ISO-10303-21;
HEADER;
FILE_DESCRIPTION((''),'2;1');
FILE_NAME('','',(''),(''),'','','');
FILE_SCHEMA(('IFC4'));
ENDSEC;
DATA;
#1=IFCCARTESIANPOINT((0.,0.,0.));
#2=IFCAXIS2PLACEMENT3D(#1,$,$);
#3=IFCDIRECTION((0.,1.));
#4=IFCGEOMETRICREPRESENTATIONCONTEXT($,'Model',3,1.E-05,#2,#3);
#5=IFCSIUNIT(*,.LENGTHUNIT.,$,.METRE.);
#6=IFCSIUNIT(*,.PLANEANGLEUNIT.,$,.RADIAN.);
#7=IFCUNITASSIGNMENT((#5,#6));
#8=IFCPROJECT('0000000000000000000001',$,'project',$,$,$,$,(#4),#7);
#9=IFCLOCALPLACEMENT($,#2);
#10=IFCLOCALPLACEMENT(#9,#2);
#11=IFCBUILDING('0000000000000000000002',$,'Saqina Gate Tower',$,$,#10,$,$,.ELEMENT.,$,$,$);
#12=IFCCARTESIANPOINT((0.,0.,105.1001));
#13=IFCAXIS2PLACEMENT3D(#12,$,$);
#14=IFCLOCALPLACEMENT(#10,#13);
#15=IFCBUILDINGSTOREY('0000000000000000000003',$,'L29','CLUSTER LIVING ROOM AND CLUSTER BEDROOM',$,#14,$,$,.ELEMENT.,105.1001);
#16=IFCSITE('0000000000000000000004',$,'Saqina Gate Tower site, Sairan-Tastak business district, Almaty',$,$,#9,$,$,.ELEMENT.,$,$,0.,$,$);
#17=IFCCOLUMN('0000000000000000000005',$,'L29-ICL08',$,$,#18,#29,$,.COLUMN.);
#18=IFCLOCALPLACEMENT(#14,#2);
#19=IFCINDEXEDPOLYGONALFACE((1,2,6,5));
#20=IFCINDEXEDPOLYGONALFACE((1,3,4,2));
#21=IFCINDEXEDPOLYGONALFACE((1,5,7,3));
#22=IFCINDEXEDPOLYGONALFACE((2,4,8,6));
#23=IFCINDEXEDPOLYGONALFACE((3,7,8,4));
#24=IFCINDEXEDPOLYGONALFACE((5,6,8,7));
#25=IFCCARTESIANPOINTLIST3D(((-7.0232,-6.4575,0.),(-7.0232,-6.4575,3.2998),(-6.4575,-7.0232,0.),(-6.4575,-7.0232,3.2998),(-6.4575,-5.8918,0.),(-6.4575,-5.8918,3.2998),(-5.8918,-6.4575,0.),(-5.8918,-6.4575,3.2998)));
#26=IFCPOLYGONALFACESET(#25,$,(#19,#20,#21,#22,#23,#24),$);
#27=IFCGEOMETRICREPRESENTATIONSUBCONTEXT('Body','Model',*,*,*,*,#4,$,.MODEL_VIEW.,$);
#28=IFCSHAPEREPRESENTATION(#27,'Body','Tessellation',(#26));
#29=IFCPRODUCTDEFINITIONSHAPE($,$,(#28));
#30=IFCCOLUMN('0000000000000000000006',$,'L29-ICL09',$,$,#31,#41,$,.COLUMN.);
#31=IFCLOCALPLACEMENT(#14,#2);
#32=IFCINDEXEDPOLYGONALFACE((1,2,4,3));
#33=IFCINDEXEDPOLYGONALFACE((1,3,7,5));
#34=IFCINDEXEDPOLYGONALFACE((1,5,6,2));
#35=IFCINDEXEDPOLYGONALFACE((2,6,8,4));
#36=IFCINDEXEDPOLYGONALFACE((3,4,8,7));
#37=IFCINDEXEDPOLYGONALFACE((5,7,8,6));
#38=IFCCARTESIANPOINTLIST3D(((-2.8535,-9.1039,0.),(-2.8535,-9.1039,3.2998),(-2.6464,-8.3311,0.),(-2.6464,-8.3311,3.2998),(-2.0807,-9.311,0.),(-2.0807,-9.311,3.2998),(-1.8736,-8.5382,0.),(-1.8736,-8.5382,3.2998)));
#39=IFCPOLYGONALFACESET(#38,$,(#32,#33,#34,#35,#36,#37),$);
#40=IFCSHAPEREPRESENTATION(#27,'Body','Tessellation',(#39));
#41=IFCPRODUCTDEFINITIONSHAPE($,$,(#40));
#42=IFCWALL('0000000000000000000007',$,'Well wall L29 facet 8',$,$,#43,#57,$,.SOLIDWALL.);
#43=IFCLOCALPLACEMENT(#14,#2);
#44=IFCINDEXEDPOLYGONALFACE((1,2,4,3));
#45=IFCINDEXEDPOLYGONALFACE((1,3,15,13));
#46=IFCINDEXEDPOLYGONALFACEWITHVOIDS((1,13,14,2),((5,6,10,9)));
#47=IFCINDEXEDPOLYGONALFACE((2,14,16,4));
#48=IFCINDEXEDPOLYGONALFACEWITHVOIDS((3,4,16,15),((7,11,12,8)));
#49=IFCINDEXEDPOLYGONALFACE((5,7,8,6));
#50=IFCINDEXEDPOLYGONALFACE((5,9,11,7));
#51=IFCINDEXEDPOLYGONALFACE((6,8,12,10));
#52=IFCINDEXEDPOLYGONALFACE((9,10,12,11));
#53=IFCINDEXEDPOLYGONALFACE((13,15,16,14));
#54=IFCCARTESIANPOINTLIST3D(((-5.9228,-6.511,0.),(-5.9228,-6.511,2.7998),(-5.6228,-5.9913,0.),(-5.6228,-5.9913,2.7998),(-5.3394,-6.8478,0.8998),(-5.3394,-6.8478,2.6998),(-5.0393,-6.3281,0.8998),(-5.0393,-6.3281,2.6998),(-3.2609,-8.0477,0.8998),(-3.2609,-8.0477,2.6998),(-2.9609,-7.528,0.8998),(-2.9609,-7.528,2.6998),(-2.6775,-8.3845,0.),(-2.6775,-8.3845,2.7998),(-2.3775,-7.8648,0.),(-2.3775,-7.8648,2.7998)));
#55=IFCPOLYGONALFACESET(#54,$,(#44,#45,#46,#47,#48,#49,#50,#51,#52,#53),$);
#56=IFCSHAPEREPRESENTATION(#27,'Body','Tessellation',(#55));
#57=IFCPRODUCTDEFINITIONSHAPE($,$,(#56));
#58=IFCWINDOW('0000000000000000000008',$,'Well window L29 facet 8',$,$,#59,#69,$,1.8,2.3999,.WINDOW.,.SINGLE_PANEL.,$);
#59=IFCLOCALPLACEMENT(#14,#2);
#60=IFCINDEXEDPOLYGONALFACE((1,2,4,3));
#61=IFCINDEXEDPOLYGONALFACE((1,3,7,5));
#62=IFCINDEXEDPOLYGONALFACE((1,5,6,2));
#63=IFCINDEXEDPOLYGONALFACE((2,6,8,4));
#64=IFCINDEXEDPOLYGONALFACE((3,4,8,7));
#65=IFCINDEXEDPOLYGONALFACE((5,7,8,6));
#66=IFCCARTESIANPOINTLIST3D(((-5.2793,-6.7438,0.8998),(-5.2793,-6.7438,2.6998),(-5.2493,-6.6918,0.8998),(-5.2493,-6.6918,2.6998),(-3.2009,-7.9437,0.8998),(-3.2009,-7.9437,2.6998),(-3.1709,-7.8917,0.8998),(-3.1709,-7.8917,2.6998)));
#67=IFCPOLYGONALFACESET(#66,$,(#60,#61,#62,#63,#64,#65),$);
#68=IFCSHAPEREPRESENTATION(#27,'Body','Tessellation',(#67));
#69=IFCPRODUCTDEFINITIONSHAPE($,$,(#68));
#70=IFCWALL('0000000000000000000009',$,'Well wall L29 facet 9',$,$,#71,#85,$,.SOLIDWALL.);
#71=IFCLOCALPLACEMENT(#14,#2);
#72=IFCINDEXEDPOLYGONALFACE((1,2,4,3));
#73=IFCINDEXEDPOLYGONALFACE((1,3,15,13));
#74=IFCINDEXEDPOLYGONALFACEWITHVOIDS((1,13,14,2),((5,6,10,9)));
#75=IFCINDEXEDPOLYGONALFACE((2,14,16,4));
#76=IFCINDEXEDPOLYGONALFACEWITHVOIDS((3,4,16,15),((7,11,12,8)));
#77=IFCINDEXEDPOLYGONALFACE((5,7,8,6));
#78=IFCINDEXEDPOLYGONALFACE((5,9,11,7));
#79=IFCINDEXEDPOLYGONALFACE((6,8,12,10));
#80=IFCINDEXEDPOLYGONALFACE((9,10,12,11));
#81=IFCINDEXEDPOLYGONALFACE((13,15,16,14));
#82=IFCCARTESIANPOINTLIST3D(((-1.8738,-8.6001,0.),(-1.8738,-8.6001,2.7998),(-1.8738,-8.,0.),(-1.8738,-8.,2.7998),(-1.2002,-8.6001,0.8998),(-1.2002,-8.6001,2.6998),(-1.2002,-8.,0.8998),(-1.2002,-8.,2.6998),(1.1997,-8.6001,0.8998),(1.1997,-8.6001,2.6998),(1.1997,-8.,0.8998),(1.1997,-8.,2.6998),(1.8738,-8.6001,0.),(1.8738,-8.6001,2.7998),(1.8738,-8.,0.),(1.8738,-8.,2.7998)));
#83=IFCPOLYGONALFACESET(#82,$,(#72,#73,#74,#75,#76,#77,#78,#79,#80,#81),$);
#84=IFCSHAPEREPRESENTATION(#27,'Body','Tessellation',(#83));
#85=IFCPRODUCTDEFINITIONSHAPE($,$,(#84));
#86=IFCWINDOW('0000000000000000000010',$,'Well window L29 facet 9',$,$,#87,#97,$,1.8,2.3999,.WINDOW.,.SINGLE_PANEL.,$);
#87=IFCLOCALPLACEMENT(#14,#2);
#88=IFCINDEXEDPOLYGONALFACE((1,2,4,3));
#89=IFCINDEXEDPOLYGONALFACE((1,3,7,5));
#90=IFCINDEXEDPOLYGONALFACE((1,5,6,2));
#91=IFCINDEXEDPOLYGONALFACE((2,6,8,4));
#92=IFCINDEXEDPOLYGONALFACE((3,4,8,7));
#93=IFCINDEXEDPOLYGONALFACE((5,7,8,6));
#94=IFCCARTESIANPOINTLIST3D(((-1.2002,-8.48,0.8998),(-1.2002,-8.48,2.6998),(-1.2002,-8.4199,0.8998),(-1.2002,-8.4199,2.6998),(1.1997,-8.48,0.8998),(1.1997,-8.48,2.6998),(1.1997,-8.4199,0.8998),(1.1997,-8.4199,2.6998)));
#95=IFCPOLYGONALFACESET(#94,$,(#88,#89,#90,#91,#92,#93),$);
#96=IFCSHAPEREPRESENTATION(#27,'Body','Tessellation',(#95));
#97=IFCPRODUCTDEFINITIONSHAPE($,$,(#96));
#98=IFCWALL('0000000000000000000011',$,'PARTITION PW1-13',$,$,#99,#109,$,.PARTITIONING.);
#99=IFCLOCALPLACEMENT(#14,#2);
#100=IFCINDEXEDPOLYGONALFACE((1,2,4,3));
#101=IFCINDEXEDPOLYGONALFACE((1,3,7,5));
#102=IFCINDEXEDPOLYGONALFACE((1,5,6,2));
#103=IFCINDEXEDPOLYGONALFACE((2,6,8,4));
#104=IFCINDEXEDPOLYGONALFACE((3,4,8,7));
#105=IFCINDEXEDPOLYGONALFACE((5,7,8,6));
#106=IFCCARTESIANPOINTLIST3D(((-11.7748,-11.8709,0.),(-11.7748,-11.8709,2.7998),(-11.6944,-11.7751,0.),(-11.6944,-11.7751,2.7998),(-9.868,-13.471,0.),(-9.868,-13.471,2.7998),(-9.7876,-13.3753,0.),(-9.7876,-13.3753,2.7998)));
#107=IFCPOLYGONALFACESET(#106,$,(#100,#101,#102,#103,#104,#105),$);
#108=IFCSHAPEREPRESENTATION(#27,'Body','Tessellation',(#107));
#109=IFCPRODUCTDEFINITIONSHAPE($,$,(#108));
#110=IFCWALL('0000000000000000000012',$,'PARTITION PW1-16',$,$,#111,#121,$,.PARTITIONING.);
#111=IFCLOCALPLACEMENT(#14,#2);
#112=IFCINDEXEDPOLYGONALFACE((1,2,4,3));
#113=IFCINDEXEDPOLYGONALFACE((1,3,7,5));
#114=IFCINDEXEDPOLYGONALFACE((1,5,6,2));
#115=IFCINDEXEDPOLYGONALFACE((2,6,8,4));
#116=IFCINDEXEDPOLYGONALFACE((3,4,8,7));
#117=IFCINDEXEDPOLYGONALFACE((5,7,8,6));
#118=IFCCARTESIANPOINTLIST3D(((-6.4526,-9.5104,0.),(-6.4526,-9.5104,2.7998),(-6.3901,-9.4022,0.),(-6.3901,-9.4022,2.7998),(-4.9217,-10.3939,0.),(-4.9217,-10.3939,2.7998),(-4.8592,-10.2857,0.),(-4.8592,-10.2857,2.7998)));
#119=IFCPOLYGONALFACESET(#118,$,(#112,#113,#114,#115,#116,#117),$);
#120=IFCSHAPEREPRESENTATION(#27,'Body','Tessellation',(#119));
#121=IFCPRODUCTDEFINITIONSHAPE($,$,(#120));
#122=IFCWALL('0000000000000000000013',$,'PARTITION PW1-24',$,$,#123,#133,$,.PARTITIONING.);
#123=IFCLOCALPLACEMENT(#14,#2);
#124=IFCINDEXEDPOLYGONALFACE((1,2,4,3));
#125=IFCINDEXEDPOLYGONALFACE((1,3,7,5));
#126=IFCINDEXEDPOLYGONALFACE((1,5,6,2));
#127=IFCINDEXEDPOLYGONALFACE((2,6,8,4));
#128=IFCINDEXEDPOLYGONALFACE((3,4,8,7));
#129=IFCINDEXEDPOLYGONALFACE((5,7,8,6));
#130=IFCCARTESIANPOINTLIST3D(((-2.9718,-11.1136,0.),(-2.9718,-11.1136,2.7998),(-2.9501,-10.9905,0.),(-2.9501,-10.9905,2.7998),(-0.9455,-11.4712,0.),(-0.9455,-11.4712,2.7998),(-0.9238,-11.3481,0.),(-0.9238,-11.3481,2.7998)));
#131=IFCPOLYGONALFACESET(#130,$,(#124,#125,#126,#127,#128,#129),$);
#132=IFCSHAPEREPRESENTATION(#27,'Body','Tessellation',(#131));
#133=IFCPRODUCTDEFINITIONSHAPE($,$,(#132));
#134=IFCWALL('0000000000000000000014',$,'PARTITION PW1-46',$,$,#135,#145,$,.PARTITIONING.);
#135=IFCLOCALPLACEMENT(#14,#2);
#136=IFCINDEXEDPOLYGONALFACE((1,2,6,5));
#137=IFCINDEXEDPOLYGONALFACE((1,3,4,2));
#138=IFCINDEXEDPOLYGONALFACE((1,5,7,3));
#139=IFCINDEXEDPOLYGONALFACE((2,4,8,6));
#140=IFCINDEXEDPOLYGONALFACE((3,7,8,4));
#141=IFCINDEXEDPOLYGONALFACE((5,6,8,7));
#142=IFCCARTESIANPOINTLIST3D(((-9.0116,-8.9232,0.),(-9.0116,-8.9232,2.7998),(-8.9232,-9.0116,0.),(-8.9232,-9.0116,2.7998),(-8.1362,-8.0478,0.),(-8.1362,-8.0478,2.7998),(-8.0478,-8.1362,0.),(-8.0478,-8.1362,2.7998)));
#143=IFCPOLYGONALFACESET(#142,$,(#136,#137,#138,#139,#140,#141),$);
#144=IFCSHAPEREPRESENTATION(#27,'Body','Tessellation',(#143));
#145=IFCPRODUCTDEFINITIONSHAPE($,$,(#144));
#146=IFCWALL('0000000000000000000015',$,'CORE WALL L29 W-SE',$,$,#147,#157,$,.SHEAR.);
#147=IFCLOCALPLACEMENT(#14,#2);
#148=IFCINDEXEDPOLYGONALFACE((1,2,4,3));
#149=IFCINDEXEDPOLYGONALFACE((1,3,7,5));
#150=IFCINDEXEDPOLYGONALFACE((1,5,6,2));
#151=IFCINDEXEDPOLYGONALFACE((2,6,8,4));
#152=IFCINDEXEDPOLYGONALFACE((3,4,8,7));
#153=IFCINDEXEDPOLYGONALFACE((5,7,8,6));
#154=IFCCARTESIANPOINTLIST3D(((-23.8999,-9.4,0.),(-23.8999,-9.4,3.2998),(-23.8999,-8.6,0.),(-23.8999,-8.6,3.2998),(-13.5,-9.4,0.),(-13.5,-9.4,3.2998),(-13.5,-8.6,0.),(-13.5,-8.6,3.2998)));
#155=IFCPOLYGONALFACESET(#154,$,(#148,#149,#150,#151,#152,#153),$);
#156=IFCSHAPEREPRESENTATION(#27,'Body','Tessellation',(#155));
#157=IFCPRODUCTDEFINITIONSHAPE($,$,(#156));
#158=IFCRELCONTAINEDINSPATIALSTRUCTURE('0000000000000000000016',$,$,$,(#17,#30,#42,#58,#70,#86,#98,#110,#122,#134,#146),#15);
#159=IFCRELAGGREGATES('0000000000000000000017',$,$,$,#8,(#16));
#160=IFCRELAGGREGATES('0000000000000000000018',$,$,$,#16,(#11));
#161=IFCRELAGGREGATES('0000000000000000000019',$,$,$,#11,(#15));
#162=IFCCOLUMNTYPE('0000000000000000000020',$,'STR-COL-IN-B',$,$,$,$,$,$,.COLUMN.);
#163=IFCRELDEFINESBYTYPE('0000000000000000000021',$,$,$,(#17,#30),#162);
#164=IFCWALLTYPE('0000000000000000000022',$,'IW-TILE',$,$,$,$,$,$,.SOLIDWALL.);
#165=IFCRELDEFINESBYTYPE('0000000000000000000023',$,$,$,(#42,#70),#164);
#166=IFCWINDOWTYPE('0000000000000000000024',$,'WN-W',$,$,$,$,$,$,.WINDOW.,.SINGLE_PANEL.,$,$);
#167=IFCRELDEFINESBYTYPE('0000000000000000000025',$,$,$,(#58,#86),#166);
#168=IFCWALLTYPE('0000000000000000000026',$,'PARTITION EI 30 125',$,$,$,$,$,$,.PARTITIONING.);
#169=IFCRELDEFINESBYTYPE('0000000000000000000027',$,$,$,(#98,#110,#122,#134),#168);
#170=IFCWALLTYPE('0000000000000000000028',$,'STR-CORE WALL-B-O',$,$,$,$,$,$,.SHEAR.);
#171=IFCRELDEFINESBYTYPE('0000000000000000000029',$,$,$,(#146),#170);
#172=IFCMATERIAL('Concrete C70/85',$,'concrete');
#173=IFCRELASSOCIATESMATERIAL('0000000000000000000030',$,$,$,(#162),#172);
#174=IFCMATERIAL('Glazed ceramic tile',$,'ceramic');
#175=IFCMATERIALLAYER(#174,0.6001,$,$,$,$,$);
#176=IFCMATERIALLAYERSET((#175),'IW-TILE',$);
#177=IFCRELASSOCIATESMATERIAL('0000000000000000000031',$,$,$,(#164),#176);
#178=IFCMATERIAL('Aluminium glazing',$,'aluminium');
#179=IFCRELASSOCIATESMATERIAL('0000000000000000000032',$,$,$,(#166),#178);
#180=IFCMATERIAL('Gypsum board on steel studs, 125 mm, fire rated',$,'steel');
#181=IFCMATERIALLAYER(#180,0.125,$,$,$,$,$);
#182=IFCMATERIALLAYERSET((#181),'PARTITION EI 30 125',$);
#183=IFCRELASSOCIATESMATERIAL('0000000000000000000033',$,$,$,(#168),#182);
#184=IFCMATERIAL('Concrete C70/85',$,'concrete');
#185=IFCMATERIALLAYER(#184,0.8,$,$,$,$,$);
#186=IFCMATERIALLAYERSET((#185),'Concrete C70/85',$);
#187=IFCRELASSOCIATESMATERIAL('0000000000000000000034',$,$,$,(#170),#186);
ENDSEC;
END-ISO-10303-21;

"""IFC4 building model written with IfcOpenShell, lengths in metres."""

from ifc_helpers import new_model, si_unit, direction, frame, frame_2d, origin, origin_2d, place, context, subcontext, project, spatial, rectangle, extrude, material, layer, layer_set, material_profile, profile_set, type_object, element, fill, save


model = new_model("IFC4")

# Units and contexts
model_context = context("Model", 3, precision=1e-05, world=origin(), true_north=direction((0.0, 1.0)))
body_context = subcontext(model_context, "Body", "Model", "MODEL_VIEW")
ifc_project = project(units=[si_unit("LENGTHUNIT", "METRE"), si_unit("PLANEANGLEUNIT", "RADIAN")], contexts=[model_context])

# Site, building, storey
site_placement = place(None, origin())
site = spatial("IfcSite", under=ifc_project, at=site_placement, Name="Saqina Gate Tower site, Sairan-Tastak business district, Almaty", CompositionType="ELEMENT", RefElevation=0.0)
building_placement = place(site_placement, origin())
building = spatial("IfcBuilding", under=site, at=building_placement, Name="Saqina Gate Tower", CompositionType="ELEMENT")
storey_placement = place(building_placement, frame((0.0, 0.0, 105.1001)))
storey = spatial("IfcBuildingStorey", under=building, at=storey_placement, Name="L29", Description="CLUSTER LIVING ROOM AND CLUSTER BEDROOM", CompositionType="ELEMENT", Elevation=105.1001)

# Columns
ifc_material_1 = material(Name="Concrete C70/85", Category="concrete")
ifc_material_profile = material_profile(ifc_material_1, rectangle(XDim=0.8, YDim=0.8, at=origin_2d()), Name="RC 800x800")
ifc_profile_set = profile_set([ifc_material_profile], Name="Concrete C70/85")
column_type = type_object("IfcColumnType", Name="STR-COL-IN-B", PredefinedType="COLUMN", material=ifc_profile_set)
for number, where, z_axis, x_axis, name in (
    (1, (-6.4575, -6.4575, 0.0), (0.0, 0.0, 1.0), (-0.707107, -0.707107, 0.0), "L29-ICL08"),
    (2, (-2.3635, -8.821, 0.0), (0.0, 0.0, 1.0), (-0.258819, -0.965926, 0.0), "L29-ICL09"),
):
    element("IfcColumn", number, at=place(storey_placement, frame(where, z_axis=z_axis, x_axis=x_axis)), inside=storey, type_object=column_type, Name=name, PredefinedType="COLUMN", context=body_context, shape_type="SweptSolid", body=[
        extrude(rectangle(XDim=0.8, YDim=0.8, at=origin_2d()), origin(), (0.0, 0.0, 1.0), 3.2998),
    ])

# Walls, openings, windows
ifc_material_2 = material(Name="Glazed ceramic tile", Category="ceramic")
ifc_layer_1 = layer(ifc_material_2, 0.6001)
ifc_layer_set_1 = layer_set([ifc_layer_1], Name="IW-TILE")
wall_type_1 = type_object("IfcWallType", Name="IW-TILE", PredefinedType="SOLIDWALL", material=ifc_layer_set_1)
wall_1_placement = place(storey_placement, frame((-5.7727, -6.2512, 0.0), z_axis=(0.0, 0.0, 1.0), x_axis=(0.866046, -0.499965, 0.0)))
wall_1 = element("IfcWall", 3, at=wall_1_placement, inside=storey, type_object=wall_type_1, Name="Well wall L29 facet 8", PredefinedType="SOLIDWALL", context=body_context, shape_type="SweptSolid", body=[
    extrude(rectangle(XDim=3.7473, YDim=0.6001, at=frame_2d((1.8735, 0.0))), origin(), (0.0, 0.0, 1.0), 2.7998),
])
opening_1_placement = place(wall_1_placement, frame((0.6736, 0.0, 0.8999)))
opening_1 = element("IfcOpeningElement", 4, at=opening_1_placement, cuts=wall_1, PredefinedType="OPENING", context=body_context, shape_type="SweptSolid", body=[
    extrude(rectangle(XDim=2.3999, YDim=1.8, at=frame_2d((1.2, 0.8999))), frame((0.0, 0.312, 0.0), z_axis=(0.0, -1.0, 0.0), x_axis=(1.0, 0.0, 0.0)), (0.0, 0.0, 1.0), 0.624),
])
ifc_material_3 = material(Name="Aluminium glazing", Category="aluminium")
window_type = type_object("IfcWindowType", Name="WN-W", PartitioningType="SINGLE_PANEL", PredefinedType="WINDOW", material=ifc_material_3)
window_1_placement = place(opening_1_placement, origin())
window_1 = element("IfcWindow", 5, at=window_1_placement, inside=storey, type_object=window_type, Name="Well window L29 facet 8", OverallHeight=1.8, OverallWidth=2.3999, PartitioningType="SINGLE_PANEL", PredefinedType="WINDOW", context=body_context, shape_type="SweptSolid", body=[
    extrude(rectangle(XDim=2.3999, YDim=1.8, at=frame_2d((1.2, 0.8999))), frame((0.0, -0.1199, 0.0), z_axis=(0.0, -1.0, 0.0), x_axis=(1.0, 0.0, 0.0)), (0.0, 0.0, 1.0), 0.0601),
])
fill(opening_1, window_1)
wall_2_placement = place(storey_placement, frame((-1.8738, -8.3, 0.0), z_axis=(0.0, 0.0, 1.0), x_axis=(1.0, 0.0, 0.0)))
wall_2 = element("IfcWall", 6, at=wall_2_placement, inside=storey, type_object=wall_type_1, Name="Well wall L29 facet 9", PredefinedType="SOLIDWALL", context=body_context, shape_type="SweptSolid", body=[
    extrude(rectangle(XDim=3.7476, YDim=0.6001, at=frame_2d((1.8738, 0.0))), origin(), (0.0, 0.0, 1.0), 2.7998),
])
opening_2_placement = place(wall_2_placement, frame((0.6736, 0.0, 0.8999)))
opening_2 = element("IfcOpeningElement", 7, at=opening_2_placement, cuts=wall_2, PredefinedType="OPENING", context=body_context, shape_type="SweptSolid", body=[
    extrude(rectangle(XDim=2.3999, YDim=1.8, at=frame_2d((1.2, 0.8999))), frame((0.0, 0.312, 0.0), z_axis=(0.0, -1.0, 0.0), x_axis=(1.0, 0.0, 0.0)), (0.0, 0.0, 1.0), 0.624),
])
window_2_placement = place(opening_2_placement, origin())
window_2 = element("IfcWindow", 8, at=window_2_placement, inside=storey, type_object=window_type, Name="Well window L29 facet 9", OverallHeight=1.8, OverallWidth=2.3999, PartitioningType="SINGLE_PANEL", PredefinedType="WINDOW", context=body_context, shape_type="SweptSolid", body=[
    extrude(rectangle(XDim=2.3999, YDim=1.8, at=frame_2d((1.2, 0.8999))), frame((0.0, -0.1199, 0.0), z_axis=(0.0, -1.0, 0.0), x_axis=(1.0, 0.0, 0.0)), (0.0, 0.0, 1.0), 0.0601),
])
fill(opening_2, window_2)

# Walls
ifc_material_4 = material(Name="Gypsum board on steel studs, 125 mm, fire rated", Category="steel")
ifc_layer_2 = layer(ifc_material_4, 0.125)
ifc_layer_set_2 = layer_set([ifc_layer_2], Name="PARTITION EI 30 125")
wall_type_2 = type_object("IfcWallType", Name="PARTITION EI 30 125", PredefinedType="PARTITIONING", material=ifc_layer_set_2)
wall_3_placement = place(storey_placement, frame((-11.7346, -11.823, 0.0), z_axis=(0.0, 0.0, 1.0), x_axis=(0.766014, -0.642824, 0.0)))
element("IfcWall", 9, at=wall_3_placement, inside=storey, type_object=wall_type_2, Name="PARTITION PW1-13", PredefinedType="PARTITIONING", context=body_context, shape_type="SweptSolid", body=[
    extrude(rectangle(XDim=2.4893, YDim=0.125, at=frame_2d((1.2446, 0.0))), origin(), (0.0, 0.0, 1.0), 2.7998),
])
wall_4_placement = place(storey_placement, frame((-6.4214, -9.4563, 0.0), z_axis=(0.0, 0.0, 1.0), x_axis=(0.866119, -0.499838, 0.0)))
element("IfcWall", 10, at=wall_4_placement, inside=storey, type_object=wall_type_2, Name="PARTITION PW1-16", PredefinedType="PARTITIONING", context=body_context, shape_type="SweptSolid", body=[
    extrude(rectangle(XDim=1.7676, YDim=0.125, at=frame_2d((0.8838, 0.0))), origin(), (0.0, 0.0, 1.0), 2.7998),
])
wall_5_placement = place(storey_placement, frame((-2.9609, -11.052, 0.0), z_axis=(0.0, 0.0, 1.0), x_axis=(0.984778, -0.173819, 0.0)))
element("IfcWall", 11, at=wall_5_placement, inside=storey, type_object=wall_type_2, Name="PARTITION PW1-24", PredefinedType="PARTITIONING", context=body_context, shape_type="SweptSolid", body=[
    extrude(rectangle(XDim=2.0576, YDim=0.125, at=frame_2d((1.0288, 0.0))), origin(), (0.0, 0.0, 1.0), 2.7998),
])
wall_6_placement = place(storey_placement, frame((-8.9675, -8.9675, 0.0), z_axis=(0.0, 0.0, 1.0), x_axis=(0.707107, 0.707107, 0.0)))
element("IfcWall", 12, at=wall_6_placement, inside=storey, type_object=wall_type_2, Name="PARTITION PW1-46", PredefinedType="PARTITIONING", context=body_context, shape_type="SweptSolid", body=[
    extrude(rectangle(XDim=1.238, YDim=0.125, at=frame_2d((0.6191, 0.0))), origin(), (0.0, 0.0, 1.0), 2.7998),
])

# Shared definitions
ifc_material_5 = material(Name="Concrete C70/85", Category="concrete")
ifc_layer_3 = layer(ifc_material_5, 0.8)
ifc_layer_set_3 = layer_set([ifc_layer_3], Name="Concrete C70/85")
wall_type_3 = type_object("IfcWallType", Name="STR-CORE WALL-B-O", PredefinedType="SHEAR", material=ifc_layer_set_3)

# Wall
wall_7_placement = place(storey_placement, frame((-13.5, -9.0, 0.0), z_axis=(0.0, 0.0, 1.0), x_axis=(-1.0, 0.0, 0.0)))
element("IfcWall", 13, at=wall_7_placement, inside=storey, type_object=wall_type_3, Name="CORE WALL L29 W-SE", PredefinedType="SHEAR", context=body_context, shape_type="SweptSolid", body=[
    extrude(rectangle(XDim=10.3999, YDim=0.8, at=frame_2d((5.2, 0.0))), origin(), (0.0, 0.0, 1.0), 3.2998),
])

save(model, "model.ifc")
